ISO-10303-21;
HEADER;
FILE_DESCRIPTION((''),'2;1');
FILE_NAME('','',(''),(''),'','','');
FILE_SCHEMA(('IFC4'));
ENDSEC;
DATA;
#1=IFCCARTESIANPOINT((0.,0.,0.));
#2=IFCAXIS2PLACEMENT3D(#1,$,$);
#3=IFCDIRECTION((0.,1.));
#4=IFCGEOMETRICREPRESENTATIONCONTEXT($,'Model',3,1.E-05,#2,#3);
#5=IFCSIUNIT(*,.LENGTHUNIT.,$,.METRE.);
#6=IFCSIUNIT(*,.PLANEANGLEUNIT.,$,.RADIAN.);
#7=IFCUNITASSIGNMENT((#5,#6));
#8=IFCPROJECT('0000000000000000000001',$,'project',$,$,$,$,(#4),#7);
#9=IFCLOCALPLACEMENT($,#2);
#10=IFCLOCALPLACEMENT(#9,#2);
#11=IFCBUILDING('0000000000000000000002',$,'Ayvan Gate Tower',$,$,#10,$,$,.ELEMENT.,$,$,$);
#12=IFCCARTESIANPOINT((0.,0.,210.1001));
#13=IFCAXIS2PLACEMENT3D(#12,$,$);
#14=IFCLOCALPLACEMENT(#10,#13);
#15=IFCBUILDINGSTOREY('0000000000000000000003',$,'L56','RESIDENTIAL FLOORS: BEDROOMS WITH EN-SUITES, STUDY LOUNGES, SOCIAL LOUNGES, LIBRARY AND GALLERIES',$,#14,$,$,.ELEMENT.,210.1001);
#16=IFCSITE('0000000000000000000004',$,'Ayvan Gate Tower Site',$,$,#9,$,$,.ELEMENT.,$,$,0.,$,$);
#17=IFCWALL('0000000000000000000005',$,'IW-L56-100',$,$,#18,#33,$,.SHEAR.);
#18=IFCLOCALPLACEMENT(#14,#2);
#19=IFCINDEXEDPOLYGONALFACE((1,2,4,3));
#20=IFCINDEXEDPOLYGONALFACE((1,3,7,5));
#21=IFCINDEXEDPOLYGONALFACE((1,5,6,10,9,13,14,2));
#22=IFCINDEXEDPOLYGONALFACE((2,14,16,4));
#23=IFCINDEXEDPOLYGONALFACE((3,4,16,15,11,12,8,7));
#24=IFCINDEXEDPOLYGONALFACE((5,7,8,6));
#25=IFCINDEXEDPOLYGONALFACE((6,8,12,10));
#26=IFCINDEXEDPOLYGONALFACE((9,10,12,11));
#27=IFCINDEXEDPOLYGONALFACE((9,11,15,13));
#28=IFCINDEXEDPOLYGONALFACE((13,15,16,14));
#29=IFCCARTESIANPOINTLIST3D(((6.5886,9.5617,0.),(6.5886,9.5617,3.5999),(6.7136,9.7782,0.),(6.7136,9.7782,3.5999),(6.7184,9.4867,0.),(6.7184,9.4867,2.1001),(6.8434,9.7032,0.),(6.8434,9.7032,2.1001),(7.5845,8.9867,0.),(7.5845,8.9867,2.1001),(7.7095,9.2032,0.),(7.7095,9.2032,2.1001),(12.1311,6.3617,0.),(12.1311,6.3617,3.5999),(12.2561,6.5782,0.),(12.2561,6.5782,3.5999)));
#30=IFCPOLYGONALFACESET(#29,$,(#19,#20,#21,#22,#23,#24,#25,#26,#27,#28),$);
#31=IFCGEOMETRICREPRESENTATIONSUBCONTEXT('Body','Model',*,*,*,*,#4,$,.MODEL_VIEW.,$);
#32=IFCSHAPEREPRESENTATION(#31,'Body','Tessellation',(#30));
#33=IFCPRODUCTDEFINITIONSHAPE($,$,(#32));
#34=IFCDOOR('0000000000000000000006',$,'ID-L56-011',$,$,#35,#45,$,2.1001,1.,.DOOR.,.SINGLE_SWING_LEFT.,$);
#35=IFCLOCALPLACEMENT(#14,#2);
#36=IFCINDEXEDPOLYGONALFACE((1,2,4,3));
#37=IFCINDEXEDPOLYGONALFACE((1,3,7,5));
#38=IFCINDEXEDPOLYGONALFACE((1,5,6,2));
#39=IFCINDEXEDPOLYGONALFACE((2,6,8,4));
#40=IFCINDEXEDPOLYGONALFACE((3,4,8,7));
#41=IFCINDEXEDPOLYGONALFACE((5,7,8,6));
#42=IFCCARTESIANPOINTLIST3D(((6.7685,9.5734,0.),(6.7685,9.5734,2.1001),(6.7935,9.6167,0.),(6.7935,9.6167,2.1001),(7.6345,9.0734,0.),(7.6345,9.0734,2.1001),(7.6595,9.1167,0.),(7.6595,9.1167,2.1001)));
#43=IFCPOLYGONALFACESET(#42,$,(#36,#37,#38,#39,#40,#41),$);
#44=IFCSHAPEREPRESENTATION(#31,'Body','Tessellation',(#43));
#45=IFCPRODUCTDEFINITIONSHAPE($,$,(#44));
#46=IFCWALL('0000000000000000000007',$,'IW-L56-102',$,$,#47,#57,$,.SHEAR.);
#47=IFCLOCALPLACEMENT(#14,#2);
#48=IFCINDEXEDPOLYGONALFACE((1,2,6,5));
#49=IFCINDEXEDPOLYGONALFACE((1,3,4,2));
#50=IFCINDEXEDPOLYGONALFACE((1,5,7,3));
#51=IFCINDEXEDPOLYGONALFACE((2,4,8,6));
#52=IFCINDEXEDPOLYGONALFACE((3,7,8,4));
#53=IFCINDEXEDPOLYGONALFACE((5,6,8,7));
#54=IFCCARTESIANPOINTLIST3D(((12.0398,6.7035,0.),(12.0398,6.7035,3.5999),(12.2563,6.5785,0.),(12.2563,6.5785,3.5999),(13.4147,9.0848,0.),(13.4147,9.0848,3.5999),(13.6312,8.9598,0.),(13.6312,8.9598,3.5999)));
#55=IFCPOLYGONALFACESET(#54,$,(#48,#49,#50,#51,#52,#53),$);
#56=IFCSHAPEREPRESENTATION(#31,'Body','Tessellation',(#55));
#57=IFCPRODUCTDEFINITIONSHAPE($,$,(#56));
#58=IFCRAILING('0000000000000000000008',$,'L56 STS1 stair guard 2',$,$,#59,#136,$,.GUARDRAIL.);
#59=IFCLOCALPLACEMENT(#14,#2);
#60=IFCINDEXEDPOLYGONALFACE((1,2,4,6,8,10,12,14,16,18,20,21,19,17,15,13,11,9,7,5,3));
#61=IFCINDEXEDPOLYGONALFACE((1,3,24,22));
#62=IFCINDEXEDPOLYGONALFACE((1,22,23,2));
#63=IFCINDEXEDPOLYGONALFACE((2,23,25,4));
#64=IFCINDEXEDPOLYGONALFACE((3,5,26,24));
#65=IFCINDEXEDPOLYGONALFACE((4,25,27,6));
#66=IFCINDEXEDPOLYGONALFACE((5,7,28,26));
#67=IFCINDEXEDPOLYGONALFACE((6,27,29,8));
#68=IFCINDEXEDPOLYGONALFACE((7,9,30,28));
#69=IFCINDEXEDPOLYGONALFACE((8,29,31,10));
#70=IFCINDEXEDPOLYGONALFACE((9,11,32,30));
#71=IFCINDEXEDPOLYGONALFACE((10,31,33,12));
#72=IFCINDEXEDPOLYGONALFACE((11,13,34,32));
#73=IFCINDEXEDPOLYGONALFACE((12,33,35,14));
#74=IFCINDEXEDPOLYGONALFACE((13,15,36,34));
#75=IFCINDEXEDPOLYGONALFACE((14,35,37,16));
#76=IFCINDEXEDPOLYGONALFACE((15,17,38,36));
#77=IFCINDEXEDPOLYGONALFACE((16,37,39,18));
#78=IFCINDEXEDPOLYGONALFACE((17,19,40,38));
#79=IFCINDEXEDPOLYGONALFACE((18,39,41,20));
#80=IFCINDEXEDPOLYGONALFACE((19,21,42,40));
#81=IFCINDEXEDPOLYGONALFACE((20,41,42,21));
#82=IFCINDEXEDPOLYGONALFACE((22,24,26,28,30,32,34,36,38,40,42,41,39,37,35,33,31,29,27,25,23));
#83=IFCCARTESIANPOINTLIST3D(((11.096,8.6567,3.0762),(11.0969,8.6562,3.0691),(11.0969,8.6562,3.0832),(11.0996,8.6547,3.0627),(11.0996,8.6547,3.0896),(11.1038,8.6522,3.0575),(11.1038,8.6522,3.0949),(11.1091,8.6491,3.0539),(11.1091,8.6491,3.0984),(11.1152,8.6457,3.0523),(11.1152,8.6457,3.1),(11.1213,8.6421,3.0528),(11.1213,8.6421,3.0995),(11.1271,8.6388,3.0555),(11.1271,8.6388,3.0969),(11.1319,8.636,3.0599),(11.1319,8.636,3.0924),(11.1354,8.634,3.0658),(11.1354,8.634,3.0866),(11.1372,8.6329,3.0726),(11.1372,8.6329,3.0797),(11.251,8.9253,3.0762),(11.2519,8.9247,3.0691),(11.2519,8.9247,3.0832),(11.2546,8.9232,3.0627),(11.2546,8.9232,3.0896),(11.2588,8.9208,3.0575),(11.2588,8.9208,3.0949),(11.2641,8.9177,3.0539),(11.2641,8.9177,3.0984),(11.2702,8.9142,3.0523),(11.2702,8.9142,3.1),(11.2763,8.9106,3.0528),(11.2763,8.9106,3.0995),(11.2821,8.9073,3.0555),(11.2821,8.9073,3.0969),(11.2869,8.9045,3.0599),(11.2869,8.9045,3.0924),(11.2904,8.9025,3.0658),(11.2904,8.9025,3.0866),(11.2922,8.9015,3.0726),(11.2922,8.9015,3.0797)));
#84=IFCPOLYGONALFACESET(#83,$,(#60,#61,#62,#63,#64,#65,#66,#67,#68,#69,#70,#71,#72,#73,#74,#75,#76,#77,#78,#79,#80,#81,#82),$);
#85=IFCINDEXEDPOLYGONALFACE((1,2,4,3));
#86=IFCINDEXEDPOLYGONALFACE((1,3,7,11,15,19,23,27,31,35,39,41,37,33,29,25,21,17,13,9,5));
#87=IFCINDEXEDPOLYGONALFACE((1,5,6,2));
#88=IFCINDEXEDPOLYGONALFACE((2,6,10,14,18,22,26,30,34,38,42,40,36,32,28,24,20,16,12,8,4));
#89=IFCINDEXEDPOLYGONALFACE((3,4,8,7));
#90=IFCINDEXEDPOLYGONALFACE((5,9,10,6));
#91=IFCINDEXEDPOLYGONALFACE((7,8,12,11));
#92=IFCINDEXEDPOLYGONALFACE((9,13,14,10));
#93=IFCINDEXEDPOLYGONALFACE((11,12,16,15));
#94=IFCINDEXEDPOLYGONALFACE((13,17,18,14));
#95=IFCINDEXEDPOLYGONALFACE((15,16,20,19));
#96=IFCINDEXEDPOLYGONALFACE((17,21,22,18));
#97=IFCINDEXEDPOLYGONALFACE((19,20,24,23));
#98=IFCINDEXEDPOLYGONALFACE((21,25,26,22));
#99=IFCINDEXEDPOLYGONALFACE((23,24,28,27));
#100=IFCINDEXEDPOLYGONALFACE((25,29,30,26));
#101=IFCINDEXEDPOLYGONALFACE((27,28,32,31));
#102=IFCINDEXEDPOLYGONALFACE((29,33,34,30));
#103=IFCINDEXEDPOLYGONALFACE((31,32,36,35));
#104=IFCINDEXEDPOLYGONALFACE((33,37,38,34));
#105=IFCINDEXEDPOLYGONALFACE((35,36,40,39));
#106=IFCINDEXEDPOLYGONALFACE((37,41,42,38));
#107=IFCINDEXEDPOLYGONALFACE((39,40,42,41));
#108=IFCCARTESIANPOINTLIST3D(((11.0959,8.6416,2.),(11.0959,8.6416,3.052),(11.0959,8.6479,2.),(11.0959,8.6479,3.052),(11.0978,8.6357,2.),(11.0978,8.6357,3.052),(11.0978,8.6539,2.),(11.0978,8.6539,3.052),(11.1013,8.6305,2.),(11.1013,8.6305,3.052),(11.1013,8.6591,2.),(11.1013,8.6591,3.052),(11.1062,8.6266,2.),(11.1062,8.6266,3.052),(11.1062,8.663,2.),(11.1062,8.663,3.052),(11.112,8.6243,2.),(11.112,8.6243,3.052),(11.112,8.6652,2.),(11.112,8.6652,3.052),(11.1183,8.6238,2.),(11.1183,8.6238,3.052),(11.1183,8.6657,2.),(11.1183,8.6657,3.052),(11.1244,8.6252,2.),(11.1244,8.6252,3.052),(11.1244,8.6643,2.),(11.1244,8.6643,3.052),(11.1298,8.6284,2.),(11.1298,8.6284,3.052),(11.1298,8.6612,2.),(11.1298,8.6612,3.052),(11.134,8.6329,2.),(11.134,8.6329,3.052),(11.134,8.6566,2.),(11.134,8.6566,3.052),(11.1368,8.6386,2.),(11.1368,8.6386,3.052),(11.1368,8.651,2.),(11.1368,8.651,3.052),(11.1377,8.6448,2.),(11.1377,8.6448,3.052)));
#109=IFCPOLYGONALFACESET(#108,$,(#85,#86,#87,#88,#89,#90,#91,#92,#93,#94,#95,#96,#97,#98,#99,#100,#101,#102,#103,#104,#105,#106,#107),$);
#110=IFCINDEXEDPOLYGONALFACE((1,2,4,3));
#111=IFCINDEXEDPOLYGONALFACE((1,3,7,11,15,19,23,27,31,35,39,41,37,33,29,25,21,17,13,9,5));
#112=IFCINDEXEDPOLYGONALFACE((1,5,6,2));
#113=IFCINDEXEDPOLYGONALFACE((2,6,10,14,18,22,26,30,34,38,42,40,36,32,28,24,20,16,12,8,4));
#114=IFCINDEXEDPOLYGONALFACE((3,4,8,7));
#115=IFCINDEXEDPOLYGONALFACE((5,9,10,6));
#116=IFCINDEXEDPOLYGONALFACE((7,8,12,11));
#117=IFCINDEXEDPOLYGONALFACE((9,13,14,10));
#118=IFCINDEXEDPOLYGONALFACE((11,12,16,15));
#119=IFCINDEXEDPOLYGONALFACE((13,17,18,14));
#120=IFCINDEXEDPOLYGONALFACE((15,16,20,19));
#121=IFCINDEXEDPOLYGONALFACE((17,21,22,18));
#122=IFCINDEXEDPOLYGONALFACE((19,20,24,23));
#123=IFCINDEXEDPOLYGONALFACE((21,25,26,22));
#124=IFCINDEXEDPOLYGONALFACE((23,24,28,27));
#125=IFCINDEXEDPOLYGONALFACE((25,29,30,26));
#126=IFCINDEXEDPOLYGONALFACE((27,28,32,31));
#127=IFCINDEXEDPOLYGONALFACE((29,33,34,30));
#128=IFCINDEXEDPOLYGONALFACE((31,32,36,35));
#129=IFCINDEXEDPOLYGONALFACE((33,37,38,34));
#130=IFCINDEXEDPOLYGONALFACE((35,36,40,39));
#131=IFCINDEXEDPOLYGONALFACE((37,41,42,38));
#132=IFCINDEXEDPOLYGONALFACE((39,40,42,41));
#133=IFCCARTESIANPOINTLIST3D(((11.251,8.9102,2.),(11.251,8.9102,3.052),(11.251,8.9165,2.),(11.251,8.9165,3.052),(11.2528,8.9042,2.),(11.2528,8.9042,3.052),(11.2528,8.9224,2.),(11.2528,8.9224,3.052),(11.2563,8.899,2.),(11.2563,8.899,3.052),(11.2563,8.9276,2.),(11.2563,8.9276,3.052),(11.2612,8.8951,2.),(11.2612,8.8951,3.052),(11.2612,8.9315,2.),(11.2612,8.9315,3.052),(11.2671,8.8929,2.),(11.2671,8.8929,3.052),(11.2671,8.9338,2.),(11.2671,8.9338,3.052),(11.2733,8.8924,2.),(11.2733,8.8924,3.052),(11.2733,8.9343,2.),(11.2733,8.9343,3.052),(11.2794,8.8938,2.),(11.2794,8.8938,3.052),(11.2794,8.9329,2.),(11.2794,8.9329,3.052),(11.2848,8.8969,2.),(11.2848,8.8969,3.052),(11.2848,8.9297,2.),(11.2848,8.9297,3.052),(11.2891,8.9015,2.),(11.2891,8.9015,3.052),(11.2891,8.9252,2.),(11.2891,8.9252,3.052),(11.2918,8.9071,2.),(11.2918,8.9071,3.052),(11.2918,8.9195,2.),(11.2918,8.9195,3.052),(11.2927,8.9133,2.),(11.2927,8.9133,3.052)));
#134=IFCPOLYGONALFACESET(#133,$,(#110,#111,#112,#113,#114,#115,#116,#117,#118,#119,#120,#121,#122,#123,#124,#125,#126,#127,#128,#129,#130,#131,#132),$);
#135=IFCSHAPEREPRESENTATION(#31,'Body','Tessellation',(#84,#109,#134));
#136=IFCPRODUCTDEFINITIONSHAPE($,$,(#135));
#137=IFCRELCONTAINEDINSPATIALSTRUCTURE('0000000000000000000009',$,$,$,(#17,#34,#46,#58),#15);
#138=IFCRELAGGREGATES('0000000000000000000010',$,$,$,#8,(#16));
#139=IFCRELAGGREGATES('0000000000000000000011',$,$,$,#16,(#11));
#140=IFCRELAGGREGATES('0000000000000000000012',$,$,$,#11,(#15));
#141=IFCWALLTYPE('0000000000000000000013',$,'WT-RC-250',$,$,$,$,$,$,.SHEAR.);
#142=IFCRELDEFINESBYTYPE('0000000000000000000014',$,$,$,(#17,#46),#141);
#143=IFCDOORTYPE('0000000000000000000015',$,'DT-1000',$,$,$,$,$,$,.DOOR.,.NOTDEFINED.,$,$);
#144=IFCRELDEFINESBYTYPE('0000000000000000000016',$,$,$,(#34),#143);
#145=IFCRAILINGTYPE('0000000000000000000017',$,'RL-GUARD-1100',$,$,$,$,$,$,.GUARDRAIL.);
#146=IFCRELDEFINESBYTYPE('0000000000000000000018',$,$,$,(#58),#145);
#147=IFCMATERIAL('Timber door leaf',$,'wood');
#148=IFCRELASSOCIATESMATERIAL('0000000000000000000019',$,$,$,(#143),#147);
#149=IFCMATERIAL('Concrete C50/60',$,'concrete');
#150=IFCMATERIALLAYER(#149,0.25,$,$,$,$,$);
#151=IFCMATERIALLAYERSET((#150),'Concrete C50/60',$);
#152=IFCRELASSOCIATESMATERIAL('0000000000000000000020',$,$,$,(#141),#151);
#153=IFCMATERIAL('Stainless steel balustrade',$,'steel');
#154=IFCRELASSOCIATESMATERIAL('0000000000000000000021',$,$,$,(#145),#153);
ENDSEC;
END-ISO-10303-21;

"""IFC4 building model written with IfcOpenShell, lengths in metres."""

from ifc_helpers import new_model, si_unit, direction, frame, frame_2d, origin, origin_2d, place, context, subcontext, project, spatial, rectangle, circle, extrude, material, layer, layer_set, type_object, element, fill, save


model = new_model("IFC4")

# Units and contexts
model_context = context("Model", 3, precision=1e-05, world=origin(), true_north=direction((0.0, 1.0)))
body_context = subcontext(model_context, "Body", "Model", "MODEL_VIEW")
ifc_project = project(units=[si_unit("LENGTHUNIT", "METRE"), si_unit("PLANEANGLEUNIT", "RADIAN")], contexts=[model_context])

# Site, building, storey
site_placement = place(None, origin())
site = spatial("IfcSite", under=ifc_project, at=site_placement, Name="Ayvan Gate Tower Site", CompositionType="ELEMENT", RefElevation=0.0)
building_placement = place(site_placement, origin())
building = spatial("IfcBuilding", under=site, at=building_placement, Name="Ayvan Gate Tower", CompositionType="ELEMENT")
storey_placement = place(building_placement, frame((0.0, 0.0, 210.1001)))
storey = spatial("IfcBuildingStorey", under=building, at=storey_placement, Name="L56", Description="RESIDENTIAL FLOORS: BEDROOMS WITH EN-SUITES, STUDY LOUNGES, SOCIAL LOUNGES, LIBRARY AND GALLERIES", CompositionType="ELEMENT", Elevation=210.1001)

# Shared definitions
ifc_material_1 = material(Name="Timber door leaf", Category="wood")

# Shared definitions
door_type_1 = type_object("IfcDoorType", Name="DT-1000", OperationType="NOTDEFINED", PredefinedType="DOOR", material=ifc_material_1)

# Wall, opening, door
ifc_material_2 = material(Name="Concrete C50/60", Category="concrete")
ifc_layer_1 = layer(ifc_material_2, 0.25)
ifc_layer_set_1 = layer_set([ifc_layer_1], Name="Concrete C50/60")
wall_type_1 = type_object("IfcWallType", Name="WT-RC-250", PredefinedType="SHEAR", material=ifc_layer_set_1)
wall_1_placement = place(storey_placement, frame((12.1936, 6.47, 0.0), z_axis=(0.0, 0.0, 1.0), x_axis=(-0.866025, 0.5, 0.0)))
wall_1 = element("IfcWall", 1, at=wall_1_placement, inside=storey, type_object=wall_type_1, Name="IW-L56-100", PredefinedType="SHEAR", context=body_context, shape_type="SweptSolid", body=[
    extrude(rectangle(XDim=6.3999, YDim=0.25, at=frame_2d((3.2, 0.0))), origin(), (0.0, 0.0, 1.0), 3.5999),
])
opening_1_placement = place(wall_1_placement, frame((5.25, 0.0, 0.0)))
opening_1 = element("IfcOpeningElement", 2, at=opening_1_placement, cuts=wall_1, PredefinedType="OPENING", context=body_context, shape_type="SweptSolid", body=[
    extrude(rectangle(XDim=1.0, YDim=2.1001, at=frame_2d((0.5, 1.05))), frame((0.0, 0.135, 0.0), z_axis=(0.0, -1.0, 0.0), x_axis=(1.0, 0.0, 0.0)), (0.0, 0.0, 1.0), 0.27),
])
door_1_placement = place(opening_1_placement, origin())
door_1 = element("IfcDoor", 3, at=door_1_placement, inside=storey, type_object=door_type_1, Name="ID-L56-011", OperationType="SINGLE_SWING_LEFT", OverallHeight=2.1001, OverallWidth=1.0, PredefinedType="DOOR", context=body_context, shape_type="SweptSolid", body=[
    extrude(rectangle(XDim=1.0, YDim=2.1001, at=frame_2d((0.5, 1.05))), frame((0.0, 0.0249, 0.0), z_axis=(0.0, -1.0, 0.0), x_axis=(1.0, 0.0, 0.0)), (0.0, 0.0, 1.0), 0.05),
])
fill(opening_1, door_1)

# Wall
wall_2_placement = place(storey_placement, frame((12.1479, 6.6409, 0.0), z_axis=(0.0, 0.0, 1.0), x_axis=(0.500035, 0.866005, 0.0)))
element("IfcWall", 4, at=wall_2_placement, inside=storey, type_object=wall_type_1, Name="IW-L56-102", PredefinedType="SHEAR", context=body_context, shape_type="SweptSolid", body=[
    extrude(rectangle(XDim=2.7498, YDim=0.25, at=frame_2d((1.375, 0.0))), origin(), (0.0, 0.0, 1.0), 3.5999),
])

# Railing
ifc_material_3 = material(Name="Stainless steel balustrade", Category="steel")
railing_type_1 = type_object("IfcRailingType", Name="RL-GUARD-1100", PredefinedType="GUARDRAIL", material=ifc_material_3)
railing_1_placement = place(storey_placement, frame((11.1167, 8.6448, 2.0)))
element("IfcRailing", 5, at=railing_1_placement, inside=storey, type_object=railing_type_1, Name="L56 STS1 stair guard 2", PredefinedType="GUARDRAIL", context=body_context, shape_type="SweptSolid", body=[
    extrude(circle(Radius=0.0239, at=origin_2d()), frame((0.0, 0.0, 1.0762), z_axis=(0.49995, 0.866054, 0.0), x_axis=(-0.866054, 0.49995, 0.0)), (0.0, 0.0, 1.0), 0.3101),
    extrude(circle(Radius=0.021, at=origin_2d()), origin(), (0.0, 0.0, 1.0), 1.052),
    extrude(circle(Radius=0.021, at=origin_2d()), frame((0.155, 0.2686, 0.0)), (0.0, 0.0, 1.0), 1.052),
])

save(model, "model.ifc")
